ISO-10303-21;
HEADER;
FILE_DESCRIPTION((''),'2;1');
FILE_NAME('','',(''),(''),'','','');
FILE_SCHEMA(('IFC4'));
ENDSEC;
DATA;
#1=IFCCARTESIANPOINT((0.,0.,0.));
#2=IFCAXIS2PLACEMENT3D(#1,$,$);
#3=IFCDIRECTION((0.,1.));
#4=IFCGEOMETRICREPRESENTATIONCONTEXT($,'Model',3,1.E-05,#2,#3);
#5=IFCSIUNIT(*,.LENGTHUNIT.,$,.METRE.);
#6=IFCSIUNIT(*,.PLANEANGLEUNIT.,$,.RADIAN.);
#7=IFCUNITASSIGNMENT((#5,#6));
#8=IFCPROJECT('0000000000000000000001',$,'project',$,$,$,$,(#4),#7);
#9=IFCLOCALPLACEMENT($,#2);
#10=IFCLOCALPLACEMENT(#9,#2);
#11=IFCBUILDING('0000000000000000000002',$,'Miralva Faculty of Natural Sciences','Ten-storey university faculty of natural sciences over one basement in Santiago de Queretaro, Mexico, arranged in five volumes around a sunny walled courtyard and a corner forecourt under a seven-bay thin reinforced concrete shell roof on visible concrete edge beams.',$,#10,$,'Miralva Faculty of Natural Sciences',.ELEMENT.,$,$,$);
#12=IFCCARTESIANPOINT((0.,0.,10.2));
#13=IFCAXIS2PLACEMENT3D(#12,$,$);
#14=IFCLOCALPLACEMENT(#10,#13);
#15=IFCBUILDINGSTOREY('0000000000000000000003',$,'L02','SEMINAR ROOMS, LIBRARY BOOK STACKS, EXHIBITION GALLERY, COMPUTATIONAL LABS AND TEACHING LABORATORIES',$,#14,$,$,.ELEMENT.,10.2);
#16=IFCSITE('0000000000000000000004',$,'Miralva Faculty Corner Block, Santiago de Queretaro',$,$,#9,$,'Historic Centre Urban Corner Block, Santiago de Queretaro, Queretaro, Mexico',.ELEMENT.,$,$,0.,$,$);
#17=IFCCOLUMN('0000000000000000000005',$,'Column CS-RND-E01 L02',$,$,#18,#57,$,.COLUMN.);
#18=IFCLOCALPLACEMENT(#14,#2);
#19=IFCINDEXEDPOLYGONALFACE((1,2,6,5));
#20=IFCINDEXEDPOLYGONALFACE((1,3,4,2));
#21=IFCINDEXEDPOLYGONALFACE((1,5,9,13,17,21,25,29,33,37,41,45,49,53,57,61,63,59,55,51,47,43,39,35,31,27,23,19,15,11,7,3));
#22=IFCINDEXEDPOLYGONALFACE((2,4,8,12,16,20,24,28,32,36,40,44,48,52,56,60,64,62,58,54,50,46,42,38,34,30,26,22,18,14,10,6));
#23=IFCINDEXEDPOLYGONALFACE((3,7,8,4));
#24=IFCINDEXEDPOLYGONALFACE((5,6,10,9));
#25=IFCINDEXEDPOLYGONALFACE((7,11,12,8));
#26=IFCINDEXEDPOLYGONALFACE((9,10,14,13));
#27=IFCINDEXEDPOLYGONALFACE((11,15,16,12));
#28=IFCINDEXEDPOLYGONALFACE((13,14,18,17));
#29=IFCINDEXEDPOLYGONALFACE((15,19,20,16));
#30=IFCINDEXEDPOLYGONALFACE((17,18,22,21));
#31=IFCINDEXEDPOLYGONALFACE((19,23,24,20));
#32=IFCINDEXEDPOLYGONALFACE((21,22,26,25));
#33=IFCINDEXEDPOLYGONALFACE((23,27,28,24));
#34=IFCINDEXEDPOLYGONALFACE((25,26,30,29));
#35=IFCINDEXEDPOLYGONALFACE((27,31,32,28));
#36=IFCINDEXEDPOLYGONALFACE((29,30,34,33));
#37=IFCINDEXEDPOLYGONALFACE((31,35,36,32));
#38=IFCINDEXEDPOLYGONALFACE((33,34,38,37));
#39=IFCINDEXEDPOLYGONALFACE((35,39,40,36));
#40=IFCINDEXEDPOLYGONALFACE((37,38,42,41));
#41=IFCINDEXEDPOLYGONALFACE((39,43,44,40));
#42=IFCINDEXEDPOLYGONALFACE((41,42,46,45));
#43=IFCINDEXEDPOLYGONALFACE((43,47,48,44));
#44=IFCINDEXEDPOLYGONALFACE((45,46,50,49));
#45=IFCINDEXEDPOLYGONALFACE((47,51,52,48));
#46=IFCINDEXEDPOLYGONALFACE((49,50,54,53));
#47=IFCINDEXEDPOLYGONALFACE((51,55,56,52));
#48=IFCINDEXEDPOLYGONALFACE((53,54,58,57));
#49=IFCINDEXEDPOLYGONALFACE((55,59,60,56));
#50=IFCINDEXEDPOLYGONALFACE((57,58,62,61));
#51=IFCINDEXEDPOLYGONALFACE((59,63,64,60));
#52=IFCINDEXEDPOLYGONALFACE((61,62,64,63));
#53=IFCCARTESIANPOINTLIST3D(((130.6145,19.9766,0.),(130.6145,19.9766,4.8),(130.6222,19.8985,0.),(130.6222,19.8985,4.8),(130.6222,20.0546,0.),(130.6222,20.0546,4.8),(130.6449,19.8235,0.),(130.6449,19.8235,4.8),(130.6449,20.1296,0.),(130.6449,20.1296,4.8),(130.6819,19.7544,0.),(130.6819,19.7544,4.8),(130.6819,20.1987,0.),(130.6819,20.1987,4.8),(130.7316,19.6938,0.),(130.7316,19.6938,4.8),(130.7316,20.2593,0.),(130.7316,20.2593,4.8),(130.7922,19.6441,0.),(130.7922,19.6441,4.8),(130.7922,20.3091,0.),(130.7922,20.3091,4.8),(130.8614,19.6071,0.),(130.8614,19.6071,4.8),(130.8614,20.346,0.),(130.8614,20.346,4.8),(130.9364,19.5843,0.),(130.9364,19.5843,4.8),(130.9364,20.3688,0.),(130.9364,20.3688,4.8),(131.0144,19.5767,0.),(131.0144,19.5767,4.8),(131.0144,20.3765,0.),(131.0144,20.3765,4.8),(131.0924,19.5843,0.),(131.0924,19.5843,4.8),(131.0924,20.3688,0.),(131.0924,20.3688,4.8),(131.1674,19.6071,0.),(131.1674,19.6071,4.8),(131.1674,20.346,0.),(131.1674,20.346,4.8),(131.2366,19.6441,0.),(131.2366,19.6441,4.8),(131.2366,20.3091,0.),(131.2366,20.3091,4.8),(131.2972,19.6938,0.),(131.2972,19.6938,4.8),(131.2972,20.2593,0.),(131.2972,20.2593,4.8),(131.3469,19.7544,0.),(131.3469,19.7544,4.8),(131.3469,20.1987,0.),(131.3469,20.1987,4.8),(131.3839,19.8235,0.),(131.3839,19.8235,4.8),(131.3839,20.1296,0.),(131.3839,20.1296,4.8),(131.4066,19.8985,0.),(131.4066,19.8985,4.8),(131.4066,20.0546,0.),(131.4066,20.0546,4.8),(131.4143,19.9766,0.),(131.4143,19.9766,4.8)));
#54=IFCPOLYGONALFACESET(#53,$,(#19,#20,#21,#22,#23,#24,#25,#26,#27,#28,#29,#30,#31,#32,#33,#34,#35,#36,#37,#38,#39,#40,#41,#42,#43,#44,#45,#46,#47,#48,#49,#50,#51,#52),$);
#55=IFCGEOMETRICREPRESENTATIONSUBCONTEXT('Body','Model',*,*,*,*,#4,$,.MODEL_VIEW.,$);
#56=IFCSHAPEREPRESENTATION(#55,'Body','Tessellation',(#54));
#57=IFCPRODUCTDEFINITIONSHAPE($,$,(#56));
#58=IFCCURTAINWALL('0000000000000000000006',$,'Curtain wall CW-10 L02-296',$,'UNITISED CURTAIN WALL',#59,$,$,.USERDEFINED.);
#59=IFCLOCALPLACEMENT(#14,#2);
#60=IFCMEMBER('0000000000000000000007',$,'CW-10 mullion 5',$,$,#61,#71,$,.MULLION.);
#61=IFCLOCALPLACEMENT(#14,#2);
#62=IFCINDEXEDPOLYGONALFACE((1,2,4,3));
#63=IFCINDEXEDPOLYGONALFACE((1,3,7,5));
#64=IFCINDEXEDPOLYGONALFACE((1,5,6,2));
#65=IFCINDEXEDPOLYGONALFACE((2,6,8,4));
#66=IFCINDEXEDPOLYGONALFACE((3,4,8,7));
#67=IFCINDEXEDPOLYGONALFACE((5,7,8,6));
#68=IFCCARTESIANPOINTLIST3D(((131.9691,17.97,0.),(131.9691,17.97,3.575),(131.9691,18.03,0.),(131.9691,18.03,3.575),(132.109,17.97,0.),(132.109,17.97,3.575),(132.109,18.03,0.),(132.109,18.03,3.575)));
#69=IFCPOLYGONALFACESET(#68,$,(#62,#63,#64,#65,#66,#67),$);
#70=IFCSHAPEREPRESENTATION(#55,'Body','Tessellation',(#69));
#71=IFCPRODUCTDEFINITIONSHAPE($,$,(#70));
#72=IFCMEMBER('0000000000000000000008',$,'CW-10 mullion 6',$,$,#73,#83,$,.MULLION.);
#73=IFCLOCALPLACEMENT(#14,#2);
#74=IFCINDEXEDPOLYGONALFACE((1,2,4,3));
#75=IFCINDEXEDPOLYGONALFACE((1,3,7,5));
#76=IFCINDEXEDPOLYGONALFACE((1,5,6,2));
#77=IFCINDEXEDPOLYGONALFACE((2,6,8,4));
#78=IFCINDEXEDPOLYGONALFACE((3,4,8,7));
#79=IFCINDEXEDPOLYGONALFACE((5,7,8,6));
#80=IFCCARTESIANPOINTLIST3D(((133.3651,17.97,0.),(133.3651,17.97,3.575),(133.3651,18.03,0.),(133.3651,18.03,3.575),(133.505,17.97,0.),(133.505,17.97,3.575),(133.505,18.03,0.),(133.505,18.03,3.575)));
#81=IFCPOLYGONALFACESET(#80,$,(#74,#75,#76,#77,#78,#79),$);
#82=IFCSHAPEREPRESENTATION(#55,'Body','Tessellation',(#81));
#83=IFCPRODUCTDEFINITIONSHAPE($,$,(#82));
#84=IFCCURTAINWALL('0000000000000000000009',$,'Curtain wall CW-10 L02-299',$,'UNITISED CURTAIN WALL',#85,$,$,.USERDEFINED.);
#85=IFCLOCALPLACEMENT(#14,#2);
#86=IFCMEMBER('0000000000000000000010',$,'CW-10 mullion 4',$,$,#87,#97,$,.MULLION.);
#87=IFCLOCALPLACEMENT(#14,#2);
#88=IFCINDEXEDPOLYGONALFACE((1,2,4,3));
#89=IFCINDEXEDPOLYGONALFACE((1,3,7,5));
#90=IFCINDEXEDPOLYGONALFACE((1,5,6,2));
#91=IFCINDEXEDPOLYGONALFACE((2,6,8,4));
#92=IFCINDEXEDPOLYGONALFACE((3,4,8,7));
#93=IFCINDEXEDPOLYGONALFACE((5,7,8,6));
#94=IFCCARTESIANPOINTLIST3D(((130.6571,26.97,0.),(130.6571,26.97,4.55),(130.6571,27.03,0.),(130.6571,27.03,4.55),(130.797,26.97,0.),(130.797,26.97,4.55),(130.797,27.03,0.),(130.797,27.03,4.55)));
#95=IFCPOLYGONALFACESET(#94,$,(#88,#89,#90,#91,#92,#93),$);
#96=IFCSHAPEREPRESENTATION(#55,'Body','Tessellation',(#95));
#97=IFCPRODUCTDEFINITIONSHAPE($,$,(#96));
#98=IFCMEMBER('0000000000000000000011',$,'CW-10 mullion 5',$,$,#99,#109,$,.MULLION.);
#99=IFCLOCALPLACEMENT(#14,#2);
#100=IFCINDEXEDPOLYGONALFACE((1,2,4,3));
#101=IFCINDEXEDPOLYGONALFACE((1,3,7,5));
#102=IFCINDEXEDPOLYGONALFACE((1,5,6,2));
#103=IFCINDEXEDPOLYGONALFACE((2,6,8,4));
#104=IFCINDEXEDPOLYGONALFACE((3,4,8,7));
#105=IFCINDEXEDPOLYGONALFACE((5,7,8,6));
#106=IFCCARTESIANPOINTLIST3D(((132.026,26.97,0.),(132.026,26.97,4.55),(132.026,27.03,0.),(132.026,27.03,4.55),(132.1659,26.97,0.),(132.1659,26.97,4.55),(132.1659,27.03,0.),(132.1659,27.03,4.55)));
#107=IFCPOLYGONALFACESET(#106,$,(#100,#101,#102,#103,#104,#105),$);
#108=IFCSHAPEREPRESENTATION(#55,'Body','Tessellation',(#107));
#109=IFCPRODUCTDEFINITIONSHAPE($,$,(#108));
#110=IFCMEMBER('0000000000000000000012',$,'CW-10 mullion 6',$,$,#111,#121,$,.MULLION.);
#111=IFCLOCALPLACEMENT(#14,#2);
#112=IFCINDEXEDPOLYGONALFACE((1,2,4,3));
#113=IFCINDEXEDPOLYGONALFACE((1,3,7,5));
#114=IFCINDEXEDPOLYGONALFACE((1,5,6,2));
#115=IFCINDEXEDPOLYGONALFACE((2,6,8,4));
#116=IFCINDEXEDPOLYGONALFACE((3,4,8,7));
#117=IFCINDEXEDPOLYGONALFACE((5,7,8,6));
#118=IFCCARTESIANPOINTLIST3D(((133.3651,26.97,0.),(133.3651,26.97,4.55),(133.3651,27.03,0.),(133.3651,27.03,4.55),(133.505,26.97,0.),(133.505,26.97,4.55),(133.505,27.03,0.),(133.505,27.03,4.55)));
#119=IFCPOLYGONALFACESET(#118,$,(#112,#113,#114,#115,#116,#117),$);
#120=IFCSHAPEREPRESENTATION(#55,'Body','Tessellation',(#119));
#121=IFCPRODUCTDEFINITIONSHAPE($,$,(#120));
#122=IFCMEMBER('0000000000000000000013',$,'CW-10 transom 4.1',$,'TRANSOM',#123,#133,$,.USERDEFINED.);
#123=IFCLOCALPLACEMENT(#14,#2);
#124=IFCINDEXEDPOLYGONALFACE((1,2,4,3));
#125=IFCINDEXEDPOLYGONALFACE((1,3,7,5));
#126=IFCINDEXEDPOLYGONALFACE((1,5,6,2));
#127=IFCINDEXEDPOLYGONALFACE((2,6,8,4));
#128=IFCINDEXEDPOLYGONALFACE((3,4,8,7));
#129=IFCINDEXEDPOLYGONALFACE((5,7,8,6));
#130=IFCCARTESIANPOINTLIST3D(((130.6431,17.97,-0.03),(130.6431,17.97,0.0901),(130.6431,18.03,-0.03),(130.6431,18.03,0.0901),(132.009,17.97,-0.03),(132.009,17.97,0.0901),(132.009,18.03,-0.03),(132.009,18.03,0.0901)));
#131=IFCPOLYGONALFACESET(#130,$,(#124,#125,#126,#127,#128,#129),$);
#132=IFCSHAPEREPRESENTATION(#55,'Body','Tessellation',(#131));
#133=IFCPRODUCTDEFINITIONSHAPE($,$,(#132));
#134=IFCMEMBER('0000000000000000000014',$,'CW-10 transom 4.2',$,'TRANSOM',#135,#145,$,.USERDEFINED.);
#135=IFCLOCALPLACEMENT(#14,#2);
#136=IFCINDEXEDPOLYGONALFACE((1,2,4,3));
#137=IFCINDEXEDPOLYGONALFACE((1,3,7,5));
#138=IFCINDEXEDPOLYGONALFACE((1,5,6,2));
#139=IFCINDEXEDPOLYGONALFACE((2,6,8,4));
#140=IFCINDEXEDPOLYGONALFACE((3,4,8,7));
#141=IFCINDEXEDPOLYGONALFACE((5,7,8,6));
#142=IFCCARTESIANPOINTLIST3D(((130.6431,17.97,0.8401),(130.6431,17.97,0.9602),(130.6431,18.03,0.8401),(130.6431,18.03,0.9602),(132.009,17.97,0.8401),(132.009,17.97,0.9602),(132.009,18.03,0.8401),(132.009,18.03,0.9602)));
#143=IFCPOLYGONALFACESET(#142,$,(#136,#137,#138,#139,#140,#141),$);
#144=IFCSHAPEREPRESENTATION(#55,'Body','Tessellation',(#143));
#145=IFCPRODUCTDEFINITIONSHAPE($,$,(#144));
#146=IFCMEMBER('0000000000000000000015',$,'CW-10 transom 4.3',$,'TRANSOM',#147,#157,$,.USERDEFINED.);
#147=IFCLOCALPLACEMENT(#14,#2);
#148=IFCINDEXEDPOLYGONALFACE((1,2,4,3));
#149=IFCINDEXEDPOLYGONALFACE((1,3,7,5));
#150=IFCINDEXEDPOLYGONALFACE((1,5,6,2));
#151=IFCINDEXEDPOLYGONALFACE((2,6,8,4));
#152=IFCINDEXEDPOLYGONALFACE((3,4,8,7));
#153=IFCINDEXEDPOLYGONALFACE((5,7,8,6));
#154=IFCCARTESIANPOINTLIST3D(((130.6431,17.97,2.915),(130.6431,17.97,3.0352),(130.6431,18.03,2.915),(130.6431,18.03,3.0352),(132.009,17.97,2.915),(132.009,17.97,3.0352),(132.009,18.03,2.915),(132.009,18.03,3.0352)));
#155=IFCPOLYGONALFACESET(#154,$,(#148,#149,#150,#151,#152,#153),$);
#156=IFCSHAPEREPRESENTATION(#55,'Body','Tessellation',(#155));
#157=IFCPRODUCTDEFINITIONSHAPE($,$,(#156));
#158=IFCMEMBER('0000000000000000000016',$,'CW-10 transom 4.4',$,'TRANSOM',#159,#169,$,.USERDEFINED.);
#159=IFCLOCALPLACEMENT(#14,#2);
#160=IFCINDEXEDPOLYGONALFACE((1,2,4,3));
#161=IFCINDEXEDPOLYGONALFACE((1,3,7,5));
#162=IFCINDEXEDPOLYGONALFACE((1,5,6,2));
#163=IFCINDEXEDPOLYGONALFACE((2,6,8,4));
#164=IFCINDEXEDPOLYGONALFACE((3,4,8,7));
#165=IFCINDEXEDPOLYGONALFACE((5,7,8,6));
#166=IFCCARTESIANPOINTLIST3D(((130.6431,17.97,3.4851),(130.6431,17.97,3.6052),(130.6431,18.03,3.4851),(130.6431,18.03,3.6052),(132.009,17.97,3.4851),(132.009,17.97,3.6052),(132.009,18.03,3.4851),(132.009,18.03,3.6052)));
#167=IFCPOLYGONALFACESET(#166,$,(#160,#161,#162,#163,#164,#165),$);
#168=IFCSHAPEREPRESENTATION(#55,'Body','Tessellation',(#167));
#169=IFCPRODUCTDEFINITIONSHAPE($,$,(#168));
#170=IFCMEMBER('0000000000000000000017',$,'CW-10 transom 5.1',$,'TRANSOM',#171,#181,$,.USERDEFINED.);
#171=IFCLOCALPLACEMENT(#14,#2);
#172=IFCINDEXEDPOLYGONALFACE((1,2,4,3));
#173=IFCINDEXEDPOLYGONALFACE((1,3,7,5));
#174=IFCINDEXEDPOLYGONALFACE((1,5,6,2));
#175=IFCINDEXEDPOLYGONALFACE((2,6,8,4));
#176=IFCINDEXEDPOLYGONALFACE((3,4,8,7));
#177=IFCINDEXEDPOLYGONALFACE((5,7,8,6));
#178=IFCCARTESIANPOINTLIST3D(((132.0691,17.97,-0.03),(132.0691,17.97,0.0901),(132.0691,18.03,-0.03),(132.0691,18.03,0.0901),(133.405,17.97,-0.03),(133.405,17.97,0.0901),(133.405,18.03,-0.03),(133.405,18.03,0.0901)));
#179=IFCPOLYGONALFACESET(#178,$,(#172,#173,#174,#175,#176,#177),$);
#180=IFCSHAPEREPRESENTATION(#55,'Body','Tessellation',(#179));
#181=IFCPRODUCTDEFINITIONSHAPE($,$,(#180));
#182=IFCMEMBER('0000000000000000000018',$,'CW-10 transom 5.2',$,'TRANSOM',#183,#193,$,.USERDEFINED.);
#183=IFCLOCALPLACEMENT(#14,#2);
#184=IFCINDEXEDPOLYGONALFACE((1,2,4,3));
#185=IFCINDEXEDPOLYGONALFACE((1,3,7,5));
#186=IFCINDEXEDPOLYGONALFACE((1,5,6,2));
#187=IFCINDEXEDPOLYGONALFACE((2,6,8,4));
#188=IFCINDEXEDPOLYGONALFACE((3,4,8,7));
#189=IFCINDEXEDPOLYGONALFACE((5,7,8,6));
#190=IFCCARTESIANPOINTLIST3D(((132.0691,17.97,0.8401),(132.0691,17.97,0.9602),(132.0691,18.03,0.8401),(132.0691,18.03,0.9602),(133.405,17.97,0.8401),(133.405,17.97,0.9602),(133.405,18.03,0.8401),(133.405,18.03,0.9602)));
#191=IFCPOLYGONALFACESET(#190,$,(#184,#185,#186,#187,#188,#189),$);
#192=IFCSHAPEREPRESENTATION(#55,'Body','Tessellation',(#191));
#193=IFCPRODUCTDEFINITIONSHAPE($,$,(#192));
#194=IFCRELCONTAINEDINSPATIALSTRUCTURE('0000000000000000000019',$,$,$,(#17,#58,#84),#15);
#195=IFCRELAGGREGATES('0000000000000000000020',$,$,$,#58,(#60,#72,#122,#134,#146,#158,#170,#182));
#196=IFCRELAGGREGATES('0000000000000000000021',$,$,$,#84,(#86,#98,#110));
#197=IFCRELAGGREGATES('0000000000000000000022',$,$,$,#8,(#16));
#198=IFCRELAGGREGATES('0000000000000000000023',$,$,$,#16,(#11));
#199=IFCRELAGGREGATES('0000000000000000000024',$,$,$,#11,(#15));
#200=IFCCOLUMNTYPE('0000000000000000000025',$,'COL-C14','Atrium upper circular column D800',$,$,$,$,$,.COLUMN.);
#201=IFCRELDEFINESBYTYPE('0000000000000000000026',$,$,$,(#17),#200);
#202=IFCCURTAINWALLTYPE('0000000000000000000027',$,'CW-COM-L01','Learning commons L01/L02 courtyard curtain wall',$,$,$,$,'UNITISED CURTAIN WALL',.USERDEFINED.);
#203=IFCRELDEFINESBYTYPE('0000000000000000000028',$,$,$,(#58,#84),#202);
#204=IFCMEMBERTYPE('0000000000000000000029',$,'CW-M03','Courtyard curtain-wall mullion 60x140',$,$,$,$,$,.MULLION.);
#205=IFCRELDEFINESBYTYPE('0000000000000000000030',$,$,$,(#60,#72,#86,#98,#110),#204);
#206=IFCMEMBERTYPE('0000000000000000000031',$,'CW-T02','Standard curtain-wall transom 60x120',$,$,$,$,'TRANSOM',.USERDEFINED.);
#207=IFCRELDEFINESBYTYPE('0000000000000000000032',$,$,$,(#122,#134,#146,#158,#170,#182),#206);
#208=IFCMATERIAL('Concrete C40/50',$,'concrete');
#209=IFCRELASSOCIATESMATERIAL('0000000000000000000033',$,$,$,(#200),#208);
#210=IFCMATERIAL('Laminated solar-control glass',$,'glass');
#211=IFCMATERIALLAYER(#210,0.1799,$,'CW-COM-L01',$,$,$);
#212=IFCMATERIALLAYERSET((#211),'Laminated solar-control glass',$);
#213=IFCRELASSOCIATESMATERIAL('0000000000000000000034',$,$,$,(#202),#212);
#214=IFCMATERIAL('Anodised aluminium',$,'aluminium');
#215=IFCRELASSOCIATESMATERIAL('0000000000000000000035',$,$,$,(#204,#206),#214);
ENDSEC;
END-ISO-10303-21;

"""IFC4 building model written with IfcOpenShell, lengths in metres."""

from ifc_helpers import new_model, si_unit, direction, frame, origin, origin_2d, place, context, subcontext, project, spatial, rectangle, circle, extrude, material, layer, layer_set, material_profile, profile_set, type_object, element, aggregate, save


model = new_model("IFC4")

# Units and contexts
model_context = context("Model", 3, precision=1e-05, world=origin(), true_north=direction((0.0, 1.0)))
body_context = subcontext(model_context, "Body", "Model", "MODEL_VIEW")
ifc_project = project(units=[si_unit("LENGTHUNIT", "METRE"), si_unit("PLANEANGLEUNIT", "RADIAN")], contexts=[model_context])

# Site, building, storey
site_placement = place(None, origin())
site = spatial("IfcSite", under=ifc_project, at=site_placement, Name="Miralva Faculty Corner Block, Santiago de Queretaro", LongName="Historic Centre Urban Corner Block, Santiago de Queretaro, Queretaro, Mexico", CompositionType="ELEMENT", RefElevation=0.0)
building_placement = place(site_placement, origin())
building = spatial("IfcBuilding", under=site, at=building_placement, Name="Miralva Faculty of Natural Sciences", Description="Ten-storey university faculty of natural sciences over one basement in Santiago de Queretaro, Mexico, arranged in five volumes around a sunny walled courtyard and a corner forecourt under a seven-bay thin reinforced concrete shell roof on visible concrete edge beams.", LongName="Miralva Faculty of Natural Sciences", CompositionType="ELEMENT")
storey_placement = place(building_placement, frame((0.0, 0.0, 10.2)))
storey = spatial("IfcBuildingStorey", under=building, at=storey_placement, Name="L02", Description="SEMINAR ROOMS, LIBRARY BOOK STACKS, EXHIBITION GALLERY, COMPUTATIONAL LABS AND TEACHING LABORATORIES", CompositionType="ELEMENT", Elevation=10.2)

# Column
ifc_material_1 = material(Name="Concrete C40/50", Category="concrete")
ifc_material_profile_1 = material_profile(ifc_material_1, circle(Radius=0.3999, at=origin_2d()), Name="RC DIA 800")
ifc_profile_set_1 = profile_set([ifc_material_profile_1], Name="Concrete C40/50")
column_type = type_object("IfcColumnType", Name="COL-C14", Description="Atrium upper circular column D800", PredefinedType="COLUMN", material=ifc_profile_set_1)
column_placement = place(storey_placement, frame((131.0144, 19.9766, 0.0), z_axis=(0.0, 0.0, 1.0), x_axis=(1.0, 0.0, 0.0)))
element("IfcColumn", 1, at=column_placement, inside=storey, type_object=column_type, Name="Column CS-RND-E01 L02", PredefinedType="COLUMN", context=body_context, shape_type="SweptSolid", body=[
    extrude(circle(Radius=0.3999, at=origin_2d()), origin(), (0.0, 0.0, 1.0), 4.8),
])

# Curtain walls, members
ifc_material_2 = material(Name="Laminated solar-control glass", Category="glass")
ifc_layer_1 = layer(ifc_material_2, 0.1799, Name="CW-COM-L01")
ifc_layer_set_1 = layer_set([ifc_layer_1], Name="Laminated solar-control glass")
curtain_wall_type = type_object("IfcCurtainWallType", Name="CW-COM-L01", Description="Learning commons L01/L02 courtyard curtain wall", ElementType="UNITISED CURTAIN WALL", PredefinedType="USERDEFINED", material=ifc_layer_set_1)
curtain_wall_1_placement = place(storey_placement, origin())
curtain_wall_1 = element("IfcCurtainWall", 2, at=curtain_wall_1_placement, inside=storey, type_object=curtain_wall_type, Name="Curtain wall CW-10 L02-296", ObjectType="UNITISED CURTAIN WALL", PredefinedType="USERDEFINED")
ifc_material_3 = material(Name="Anodised aluminium", Category="aluminium")
ifc_material_profile_2 = material_profile(ifc_material_3, rectangle(XDim=0.0601, YDim=0.1399, at=origin_2d()), Name="MULLION 60x140")
ifc_profile_set_2 = profile_set([ifc_material_profile_2], Name="Anodised aluminium")
member_type_1 = type_object("IfcMemberType", Name="CW-M03", Description="Courtyard curtain-wall mullion 60x140", PredefinedType="MULLION", material=ifc_profile_set_2)
member_1_placement = place(storey_placement, frame((132.0391, 18.0, 0.0), z_axis=(0.0, 0.0, 1.0), x_axis=(0.0, 1.0, 0.0)))
member_1 = element("IfcMember", 3, at=member_1_placement, type_object=member_type_1, Name="CW-10 mullion 5", PredefinedType="MULLION", context=body_context, shape_type="SweptSolid", body=[
    extrude(rectangle(XDim=0.0601, YDim=0.1399, at=origin_2d()), origin(), (0.0, 0.0, 1.0), 3.575),
])
member_2_placement = place(storey_placement, frame((133.4351, 18.0, 0.0), z_axis=(0.0, 0.0, 1.0), x_axis=(0.0, 1.0, 0.0)))
member_2 = element("IfcMember", 4, at=member_2_placement, type_object=member_type_1, Name="CW-10 mullion 6", PredefinedType="MULLION", context=body_context, shape_type="SweptSolid", body=[
    extrude(rectangle(XDim=0.0601, YDim=0.1399, at=origin_2d()), origin(), (0.0, 0.0, 1.0), 3.575),
])
curtain_wall_2_placement = place(storey_placement, origin())
curtain_wall_2 = element("IfcCurtainWall", 5, at=curtain_wall_2_placement, inside=storey, type_object=curtain_wall_type, Name="Curtain wall CW-10 L02-299", ObjectType="UNITISED CURTAIN WALL", PredefinedType="USERDEFINED")
member_3_placement = place(storey_placement, frame((130.7271, 27.0, 0.0), z_axis=(0.0, 0.0, 1.0), x_axis=(0.0, 1.0, 0.0)))
member_3 = element("IfcMember", 6, at=member_3_placement, type_object=member_type_1, Name="CW-10 mullion 4", PredefinedType="MULLION", context=body_context, shape_type="SweptSolid", body=[
    extrude(rectangle(XDim=0.0601, YDim=0.1399, at=origin_2d()), origin(), (0.0, 0.0, 1.0), 4.55),
])
member_4_placement = place(storey_placement, frame((132.0959, 27.0, 0.0), z_axis=(0.0, 0.0, 1.0), x_axis=(0.0, 1.0, 0.0)))
member_4 = element("IfcMember", 7, at=member_4_placement, type_object=member_type_1, Name="CW-10 mullion 5", PredefinedType="MULLION", context=body_context, shape_type="SweptSolid", body=[
    extrude(rectangle(XDim=0.0601, YDim=0.1399, at=origin_2d()), origin(), (0.0, 0.0, 1.0), 4.55),
])
member_5_placement = place(storey_placement, frame((133.4351, 27.0, 0.0), z_axis=(0.0, 0.0, 1.0), x_axis=(0.0, 1.0, 0.0)))
member_5 = element("IfcMember", 8, at=member_5_placement, type_object=member_type_1, Name="CW-10 mullion 6", PredefinedType="MULLION", context=body_context, shape_type="SweptSolid", body=[
    extrude(rectangle(XDim=0.0601, YDim=0.1399, at=origin_2d()), origin(), (0.0, 0.0, 1.0), 4.55),
])

# Members
ifc_material_profile_3 = material_profile(ifc_material_3, rectangle(XDim=0.0601, YDim=0.1201, at=origin_2d()), Name="TRANSOM 60x120")
ifc_profile_set_3 = profile_set([ifc_material_profile_3], Name="Anodised aluminium")
member_type_2 = type_object("IfcMemberType", Name="CW-T02", Description="Standard curtain-wall transom 60x120", ElementType="TRANSOM", PredefinedType="USERDEFINED", material=ifc_profile_set_3)
member_6_placement = place(storey_placement, frame((130.6431, 18.0, 0.03), z_axis=(1.0, 0.0, 0.0), x_axis=(0.0, 1.0, 0.0)))
member_6 = element("IfcMember", 9, at=member_6_placement, type_object=member_type_2, Name="CW-10 transom 4.1", ObjectType="TRANSOM", PredefinedType="USERDEFINED", context=body_context, shape_type="SweptSolid", body=[
    extrude(rectangle(XDim=0.0601, YDim=0.1201, at=origin_2d()), origin(), (0.0, 0.0, 1.0), 1.366),
])
member_7_placement = place(storey_placement, frame((130.6431, 18.0, 0.9001), z_axis=(1.0, 0.0, 0.0), x_axis=(0.0, 1.0, 0.0)))
member_7 = element("IfcMember", 10, at=member_7_placement, type_object=member_type_2, Name="CW-10 transom 4.2", ObjectType="TRANSOM", PredefinedType="USERDEFINED", context=body_context, shape_type="SweptSolid", body=[
    extrude(rectangle(XDim=0.0601, YDim=0.1201, at=origin_2d()), origin(), (0.0, 0.0, 1.0), 1.366),
])
member_8_placement = place(storey_placement, frame((130.6431, 18.0, 2.9751), z_axis=(1.0, 0.0, 0.0), x_axis=(0.0, 1.0, 0.0)))
member_8 = element("IfcMember", 11, at=member_8_placement, type_object=member_type_2, Name="CW-10 transom 4.3", ObjectType="TRANSOM", PredefinedType="USERDEFINED", context=body_context, shape_type="SweptSolid", body=[
    extrude(rectangle(XDim=0.0601, YDim=0.1201, at=origin_2d()), origin(), (0.0, 0.0, 1.0), 1.366),
])
member_9_placement = place(storey_placement, frame((130.6431, 18.0, 3.5452), z_axis=(1.0, 0.0, 0.0), x_axis=(0.0, 1.0, 0.0)))
member_9 = element("IfcMember", 12, at=member_9_placement, type_object=member_type_2, Name="CW-10 transom 4.4", ObjectType="TRANSOM", PredefinedType="USERDEFINED", context=body_context, shape_type="SweptSolid", body=[
    extrude(rectangle(XDim=0.0601, YDim=0.1201, at=origin_2d()), origin(), (0.0, 0.0, 1.0), 1.366),
])
member_10_placement = place(storey_placement, frame((132.0691, 18.0, 0.03), z_axis=(1.0, 0.0, 0.0), x_axis=(0.0, 1.0, 0.0)))
member_10 = element("IfcMember", 13, at=member_10_placement, type_object=member_type_2, Name="CW-10 transom 5.1", ObjectType="TRANSOM", PredefinedType="USERDEFINED", context=body_context, shape_type="SweptSolid", body=[
    extrude(rectangle(XDim=0.0601, YDim=0.1201, at=origin_2d()), origin(), (0.0, 0.0, 1.0), 1.3359),
])
member_11_placement = place(storey_placement, frame((132.0691, 18.0, 0.9001), z_axis=(1.0, 0.0, 0.0), x_axis=(0.0, 1.0, 0.0)))
member_11 = element("IfcMember", 14, at=member_11_placement, type_object=member_type_2, Name="CW-10 transom 5.2", ObjectType="TRANSOM", PredefinedType="USERDEFINED", context=body_context, shape_type="SweptSolid", body=[
    extrude(rectangle(XDim=0.0601, YDim=0.1201, at=origin_2d()), origin(), (0.0, 0.0, 1.0), 1.3359),
])

aggregate(curtain_wall_1, [member_1, member_2, member_6, member_7, member_8, member_9, member_10, member_11])
aggregate(curtain_wall_2, [member_3, member_4, member_5])

save(model, "model.ifc")
